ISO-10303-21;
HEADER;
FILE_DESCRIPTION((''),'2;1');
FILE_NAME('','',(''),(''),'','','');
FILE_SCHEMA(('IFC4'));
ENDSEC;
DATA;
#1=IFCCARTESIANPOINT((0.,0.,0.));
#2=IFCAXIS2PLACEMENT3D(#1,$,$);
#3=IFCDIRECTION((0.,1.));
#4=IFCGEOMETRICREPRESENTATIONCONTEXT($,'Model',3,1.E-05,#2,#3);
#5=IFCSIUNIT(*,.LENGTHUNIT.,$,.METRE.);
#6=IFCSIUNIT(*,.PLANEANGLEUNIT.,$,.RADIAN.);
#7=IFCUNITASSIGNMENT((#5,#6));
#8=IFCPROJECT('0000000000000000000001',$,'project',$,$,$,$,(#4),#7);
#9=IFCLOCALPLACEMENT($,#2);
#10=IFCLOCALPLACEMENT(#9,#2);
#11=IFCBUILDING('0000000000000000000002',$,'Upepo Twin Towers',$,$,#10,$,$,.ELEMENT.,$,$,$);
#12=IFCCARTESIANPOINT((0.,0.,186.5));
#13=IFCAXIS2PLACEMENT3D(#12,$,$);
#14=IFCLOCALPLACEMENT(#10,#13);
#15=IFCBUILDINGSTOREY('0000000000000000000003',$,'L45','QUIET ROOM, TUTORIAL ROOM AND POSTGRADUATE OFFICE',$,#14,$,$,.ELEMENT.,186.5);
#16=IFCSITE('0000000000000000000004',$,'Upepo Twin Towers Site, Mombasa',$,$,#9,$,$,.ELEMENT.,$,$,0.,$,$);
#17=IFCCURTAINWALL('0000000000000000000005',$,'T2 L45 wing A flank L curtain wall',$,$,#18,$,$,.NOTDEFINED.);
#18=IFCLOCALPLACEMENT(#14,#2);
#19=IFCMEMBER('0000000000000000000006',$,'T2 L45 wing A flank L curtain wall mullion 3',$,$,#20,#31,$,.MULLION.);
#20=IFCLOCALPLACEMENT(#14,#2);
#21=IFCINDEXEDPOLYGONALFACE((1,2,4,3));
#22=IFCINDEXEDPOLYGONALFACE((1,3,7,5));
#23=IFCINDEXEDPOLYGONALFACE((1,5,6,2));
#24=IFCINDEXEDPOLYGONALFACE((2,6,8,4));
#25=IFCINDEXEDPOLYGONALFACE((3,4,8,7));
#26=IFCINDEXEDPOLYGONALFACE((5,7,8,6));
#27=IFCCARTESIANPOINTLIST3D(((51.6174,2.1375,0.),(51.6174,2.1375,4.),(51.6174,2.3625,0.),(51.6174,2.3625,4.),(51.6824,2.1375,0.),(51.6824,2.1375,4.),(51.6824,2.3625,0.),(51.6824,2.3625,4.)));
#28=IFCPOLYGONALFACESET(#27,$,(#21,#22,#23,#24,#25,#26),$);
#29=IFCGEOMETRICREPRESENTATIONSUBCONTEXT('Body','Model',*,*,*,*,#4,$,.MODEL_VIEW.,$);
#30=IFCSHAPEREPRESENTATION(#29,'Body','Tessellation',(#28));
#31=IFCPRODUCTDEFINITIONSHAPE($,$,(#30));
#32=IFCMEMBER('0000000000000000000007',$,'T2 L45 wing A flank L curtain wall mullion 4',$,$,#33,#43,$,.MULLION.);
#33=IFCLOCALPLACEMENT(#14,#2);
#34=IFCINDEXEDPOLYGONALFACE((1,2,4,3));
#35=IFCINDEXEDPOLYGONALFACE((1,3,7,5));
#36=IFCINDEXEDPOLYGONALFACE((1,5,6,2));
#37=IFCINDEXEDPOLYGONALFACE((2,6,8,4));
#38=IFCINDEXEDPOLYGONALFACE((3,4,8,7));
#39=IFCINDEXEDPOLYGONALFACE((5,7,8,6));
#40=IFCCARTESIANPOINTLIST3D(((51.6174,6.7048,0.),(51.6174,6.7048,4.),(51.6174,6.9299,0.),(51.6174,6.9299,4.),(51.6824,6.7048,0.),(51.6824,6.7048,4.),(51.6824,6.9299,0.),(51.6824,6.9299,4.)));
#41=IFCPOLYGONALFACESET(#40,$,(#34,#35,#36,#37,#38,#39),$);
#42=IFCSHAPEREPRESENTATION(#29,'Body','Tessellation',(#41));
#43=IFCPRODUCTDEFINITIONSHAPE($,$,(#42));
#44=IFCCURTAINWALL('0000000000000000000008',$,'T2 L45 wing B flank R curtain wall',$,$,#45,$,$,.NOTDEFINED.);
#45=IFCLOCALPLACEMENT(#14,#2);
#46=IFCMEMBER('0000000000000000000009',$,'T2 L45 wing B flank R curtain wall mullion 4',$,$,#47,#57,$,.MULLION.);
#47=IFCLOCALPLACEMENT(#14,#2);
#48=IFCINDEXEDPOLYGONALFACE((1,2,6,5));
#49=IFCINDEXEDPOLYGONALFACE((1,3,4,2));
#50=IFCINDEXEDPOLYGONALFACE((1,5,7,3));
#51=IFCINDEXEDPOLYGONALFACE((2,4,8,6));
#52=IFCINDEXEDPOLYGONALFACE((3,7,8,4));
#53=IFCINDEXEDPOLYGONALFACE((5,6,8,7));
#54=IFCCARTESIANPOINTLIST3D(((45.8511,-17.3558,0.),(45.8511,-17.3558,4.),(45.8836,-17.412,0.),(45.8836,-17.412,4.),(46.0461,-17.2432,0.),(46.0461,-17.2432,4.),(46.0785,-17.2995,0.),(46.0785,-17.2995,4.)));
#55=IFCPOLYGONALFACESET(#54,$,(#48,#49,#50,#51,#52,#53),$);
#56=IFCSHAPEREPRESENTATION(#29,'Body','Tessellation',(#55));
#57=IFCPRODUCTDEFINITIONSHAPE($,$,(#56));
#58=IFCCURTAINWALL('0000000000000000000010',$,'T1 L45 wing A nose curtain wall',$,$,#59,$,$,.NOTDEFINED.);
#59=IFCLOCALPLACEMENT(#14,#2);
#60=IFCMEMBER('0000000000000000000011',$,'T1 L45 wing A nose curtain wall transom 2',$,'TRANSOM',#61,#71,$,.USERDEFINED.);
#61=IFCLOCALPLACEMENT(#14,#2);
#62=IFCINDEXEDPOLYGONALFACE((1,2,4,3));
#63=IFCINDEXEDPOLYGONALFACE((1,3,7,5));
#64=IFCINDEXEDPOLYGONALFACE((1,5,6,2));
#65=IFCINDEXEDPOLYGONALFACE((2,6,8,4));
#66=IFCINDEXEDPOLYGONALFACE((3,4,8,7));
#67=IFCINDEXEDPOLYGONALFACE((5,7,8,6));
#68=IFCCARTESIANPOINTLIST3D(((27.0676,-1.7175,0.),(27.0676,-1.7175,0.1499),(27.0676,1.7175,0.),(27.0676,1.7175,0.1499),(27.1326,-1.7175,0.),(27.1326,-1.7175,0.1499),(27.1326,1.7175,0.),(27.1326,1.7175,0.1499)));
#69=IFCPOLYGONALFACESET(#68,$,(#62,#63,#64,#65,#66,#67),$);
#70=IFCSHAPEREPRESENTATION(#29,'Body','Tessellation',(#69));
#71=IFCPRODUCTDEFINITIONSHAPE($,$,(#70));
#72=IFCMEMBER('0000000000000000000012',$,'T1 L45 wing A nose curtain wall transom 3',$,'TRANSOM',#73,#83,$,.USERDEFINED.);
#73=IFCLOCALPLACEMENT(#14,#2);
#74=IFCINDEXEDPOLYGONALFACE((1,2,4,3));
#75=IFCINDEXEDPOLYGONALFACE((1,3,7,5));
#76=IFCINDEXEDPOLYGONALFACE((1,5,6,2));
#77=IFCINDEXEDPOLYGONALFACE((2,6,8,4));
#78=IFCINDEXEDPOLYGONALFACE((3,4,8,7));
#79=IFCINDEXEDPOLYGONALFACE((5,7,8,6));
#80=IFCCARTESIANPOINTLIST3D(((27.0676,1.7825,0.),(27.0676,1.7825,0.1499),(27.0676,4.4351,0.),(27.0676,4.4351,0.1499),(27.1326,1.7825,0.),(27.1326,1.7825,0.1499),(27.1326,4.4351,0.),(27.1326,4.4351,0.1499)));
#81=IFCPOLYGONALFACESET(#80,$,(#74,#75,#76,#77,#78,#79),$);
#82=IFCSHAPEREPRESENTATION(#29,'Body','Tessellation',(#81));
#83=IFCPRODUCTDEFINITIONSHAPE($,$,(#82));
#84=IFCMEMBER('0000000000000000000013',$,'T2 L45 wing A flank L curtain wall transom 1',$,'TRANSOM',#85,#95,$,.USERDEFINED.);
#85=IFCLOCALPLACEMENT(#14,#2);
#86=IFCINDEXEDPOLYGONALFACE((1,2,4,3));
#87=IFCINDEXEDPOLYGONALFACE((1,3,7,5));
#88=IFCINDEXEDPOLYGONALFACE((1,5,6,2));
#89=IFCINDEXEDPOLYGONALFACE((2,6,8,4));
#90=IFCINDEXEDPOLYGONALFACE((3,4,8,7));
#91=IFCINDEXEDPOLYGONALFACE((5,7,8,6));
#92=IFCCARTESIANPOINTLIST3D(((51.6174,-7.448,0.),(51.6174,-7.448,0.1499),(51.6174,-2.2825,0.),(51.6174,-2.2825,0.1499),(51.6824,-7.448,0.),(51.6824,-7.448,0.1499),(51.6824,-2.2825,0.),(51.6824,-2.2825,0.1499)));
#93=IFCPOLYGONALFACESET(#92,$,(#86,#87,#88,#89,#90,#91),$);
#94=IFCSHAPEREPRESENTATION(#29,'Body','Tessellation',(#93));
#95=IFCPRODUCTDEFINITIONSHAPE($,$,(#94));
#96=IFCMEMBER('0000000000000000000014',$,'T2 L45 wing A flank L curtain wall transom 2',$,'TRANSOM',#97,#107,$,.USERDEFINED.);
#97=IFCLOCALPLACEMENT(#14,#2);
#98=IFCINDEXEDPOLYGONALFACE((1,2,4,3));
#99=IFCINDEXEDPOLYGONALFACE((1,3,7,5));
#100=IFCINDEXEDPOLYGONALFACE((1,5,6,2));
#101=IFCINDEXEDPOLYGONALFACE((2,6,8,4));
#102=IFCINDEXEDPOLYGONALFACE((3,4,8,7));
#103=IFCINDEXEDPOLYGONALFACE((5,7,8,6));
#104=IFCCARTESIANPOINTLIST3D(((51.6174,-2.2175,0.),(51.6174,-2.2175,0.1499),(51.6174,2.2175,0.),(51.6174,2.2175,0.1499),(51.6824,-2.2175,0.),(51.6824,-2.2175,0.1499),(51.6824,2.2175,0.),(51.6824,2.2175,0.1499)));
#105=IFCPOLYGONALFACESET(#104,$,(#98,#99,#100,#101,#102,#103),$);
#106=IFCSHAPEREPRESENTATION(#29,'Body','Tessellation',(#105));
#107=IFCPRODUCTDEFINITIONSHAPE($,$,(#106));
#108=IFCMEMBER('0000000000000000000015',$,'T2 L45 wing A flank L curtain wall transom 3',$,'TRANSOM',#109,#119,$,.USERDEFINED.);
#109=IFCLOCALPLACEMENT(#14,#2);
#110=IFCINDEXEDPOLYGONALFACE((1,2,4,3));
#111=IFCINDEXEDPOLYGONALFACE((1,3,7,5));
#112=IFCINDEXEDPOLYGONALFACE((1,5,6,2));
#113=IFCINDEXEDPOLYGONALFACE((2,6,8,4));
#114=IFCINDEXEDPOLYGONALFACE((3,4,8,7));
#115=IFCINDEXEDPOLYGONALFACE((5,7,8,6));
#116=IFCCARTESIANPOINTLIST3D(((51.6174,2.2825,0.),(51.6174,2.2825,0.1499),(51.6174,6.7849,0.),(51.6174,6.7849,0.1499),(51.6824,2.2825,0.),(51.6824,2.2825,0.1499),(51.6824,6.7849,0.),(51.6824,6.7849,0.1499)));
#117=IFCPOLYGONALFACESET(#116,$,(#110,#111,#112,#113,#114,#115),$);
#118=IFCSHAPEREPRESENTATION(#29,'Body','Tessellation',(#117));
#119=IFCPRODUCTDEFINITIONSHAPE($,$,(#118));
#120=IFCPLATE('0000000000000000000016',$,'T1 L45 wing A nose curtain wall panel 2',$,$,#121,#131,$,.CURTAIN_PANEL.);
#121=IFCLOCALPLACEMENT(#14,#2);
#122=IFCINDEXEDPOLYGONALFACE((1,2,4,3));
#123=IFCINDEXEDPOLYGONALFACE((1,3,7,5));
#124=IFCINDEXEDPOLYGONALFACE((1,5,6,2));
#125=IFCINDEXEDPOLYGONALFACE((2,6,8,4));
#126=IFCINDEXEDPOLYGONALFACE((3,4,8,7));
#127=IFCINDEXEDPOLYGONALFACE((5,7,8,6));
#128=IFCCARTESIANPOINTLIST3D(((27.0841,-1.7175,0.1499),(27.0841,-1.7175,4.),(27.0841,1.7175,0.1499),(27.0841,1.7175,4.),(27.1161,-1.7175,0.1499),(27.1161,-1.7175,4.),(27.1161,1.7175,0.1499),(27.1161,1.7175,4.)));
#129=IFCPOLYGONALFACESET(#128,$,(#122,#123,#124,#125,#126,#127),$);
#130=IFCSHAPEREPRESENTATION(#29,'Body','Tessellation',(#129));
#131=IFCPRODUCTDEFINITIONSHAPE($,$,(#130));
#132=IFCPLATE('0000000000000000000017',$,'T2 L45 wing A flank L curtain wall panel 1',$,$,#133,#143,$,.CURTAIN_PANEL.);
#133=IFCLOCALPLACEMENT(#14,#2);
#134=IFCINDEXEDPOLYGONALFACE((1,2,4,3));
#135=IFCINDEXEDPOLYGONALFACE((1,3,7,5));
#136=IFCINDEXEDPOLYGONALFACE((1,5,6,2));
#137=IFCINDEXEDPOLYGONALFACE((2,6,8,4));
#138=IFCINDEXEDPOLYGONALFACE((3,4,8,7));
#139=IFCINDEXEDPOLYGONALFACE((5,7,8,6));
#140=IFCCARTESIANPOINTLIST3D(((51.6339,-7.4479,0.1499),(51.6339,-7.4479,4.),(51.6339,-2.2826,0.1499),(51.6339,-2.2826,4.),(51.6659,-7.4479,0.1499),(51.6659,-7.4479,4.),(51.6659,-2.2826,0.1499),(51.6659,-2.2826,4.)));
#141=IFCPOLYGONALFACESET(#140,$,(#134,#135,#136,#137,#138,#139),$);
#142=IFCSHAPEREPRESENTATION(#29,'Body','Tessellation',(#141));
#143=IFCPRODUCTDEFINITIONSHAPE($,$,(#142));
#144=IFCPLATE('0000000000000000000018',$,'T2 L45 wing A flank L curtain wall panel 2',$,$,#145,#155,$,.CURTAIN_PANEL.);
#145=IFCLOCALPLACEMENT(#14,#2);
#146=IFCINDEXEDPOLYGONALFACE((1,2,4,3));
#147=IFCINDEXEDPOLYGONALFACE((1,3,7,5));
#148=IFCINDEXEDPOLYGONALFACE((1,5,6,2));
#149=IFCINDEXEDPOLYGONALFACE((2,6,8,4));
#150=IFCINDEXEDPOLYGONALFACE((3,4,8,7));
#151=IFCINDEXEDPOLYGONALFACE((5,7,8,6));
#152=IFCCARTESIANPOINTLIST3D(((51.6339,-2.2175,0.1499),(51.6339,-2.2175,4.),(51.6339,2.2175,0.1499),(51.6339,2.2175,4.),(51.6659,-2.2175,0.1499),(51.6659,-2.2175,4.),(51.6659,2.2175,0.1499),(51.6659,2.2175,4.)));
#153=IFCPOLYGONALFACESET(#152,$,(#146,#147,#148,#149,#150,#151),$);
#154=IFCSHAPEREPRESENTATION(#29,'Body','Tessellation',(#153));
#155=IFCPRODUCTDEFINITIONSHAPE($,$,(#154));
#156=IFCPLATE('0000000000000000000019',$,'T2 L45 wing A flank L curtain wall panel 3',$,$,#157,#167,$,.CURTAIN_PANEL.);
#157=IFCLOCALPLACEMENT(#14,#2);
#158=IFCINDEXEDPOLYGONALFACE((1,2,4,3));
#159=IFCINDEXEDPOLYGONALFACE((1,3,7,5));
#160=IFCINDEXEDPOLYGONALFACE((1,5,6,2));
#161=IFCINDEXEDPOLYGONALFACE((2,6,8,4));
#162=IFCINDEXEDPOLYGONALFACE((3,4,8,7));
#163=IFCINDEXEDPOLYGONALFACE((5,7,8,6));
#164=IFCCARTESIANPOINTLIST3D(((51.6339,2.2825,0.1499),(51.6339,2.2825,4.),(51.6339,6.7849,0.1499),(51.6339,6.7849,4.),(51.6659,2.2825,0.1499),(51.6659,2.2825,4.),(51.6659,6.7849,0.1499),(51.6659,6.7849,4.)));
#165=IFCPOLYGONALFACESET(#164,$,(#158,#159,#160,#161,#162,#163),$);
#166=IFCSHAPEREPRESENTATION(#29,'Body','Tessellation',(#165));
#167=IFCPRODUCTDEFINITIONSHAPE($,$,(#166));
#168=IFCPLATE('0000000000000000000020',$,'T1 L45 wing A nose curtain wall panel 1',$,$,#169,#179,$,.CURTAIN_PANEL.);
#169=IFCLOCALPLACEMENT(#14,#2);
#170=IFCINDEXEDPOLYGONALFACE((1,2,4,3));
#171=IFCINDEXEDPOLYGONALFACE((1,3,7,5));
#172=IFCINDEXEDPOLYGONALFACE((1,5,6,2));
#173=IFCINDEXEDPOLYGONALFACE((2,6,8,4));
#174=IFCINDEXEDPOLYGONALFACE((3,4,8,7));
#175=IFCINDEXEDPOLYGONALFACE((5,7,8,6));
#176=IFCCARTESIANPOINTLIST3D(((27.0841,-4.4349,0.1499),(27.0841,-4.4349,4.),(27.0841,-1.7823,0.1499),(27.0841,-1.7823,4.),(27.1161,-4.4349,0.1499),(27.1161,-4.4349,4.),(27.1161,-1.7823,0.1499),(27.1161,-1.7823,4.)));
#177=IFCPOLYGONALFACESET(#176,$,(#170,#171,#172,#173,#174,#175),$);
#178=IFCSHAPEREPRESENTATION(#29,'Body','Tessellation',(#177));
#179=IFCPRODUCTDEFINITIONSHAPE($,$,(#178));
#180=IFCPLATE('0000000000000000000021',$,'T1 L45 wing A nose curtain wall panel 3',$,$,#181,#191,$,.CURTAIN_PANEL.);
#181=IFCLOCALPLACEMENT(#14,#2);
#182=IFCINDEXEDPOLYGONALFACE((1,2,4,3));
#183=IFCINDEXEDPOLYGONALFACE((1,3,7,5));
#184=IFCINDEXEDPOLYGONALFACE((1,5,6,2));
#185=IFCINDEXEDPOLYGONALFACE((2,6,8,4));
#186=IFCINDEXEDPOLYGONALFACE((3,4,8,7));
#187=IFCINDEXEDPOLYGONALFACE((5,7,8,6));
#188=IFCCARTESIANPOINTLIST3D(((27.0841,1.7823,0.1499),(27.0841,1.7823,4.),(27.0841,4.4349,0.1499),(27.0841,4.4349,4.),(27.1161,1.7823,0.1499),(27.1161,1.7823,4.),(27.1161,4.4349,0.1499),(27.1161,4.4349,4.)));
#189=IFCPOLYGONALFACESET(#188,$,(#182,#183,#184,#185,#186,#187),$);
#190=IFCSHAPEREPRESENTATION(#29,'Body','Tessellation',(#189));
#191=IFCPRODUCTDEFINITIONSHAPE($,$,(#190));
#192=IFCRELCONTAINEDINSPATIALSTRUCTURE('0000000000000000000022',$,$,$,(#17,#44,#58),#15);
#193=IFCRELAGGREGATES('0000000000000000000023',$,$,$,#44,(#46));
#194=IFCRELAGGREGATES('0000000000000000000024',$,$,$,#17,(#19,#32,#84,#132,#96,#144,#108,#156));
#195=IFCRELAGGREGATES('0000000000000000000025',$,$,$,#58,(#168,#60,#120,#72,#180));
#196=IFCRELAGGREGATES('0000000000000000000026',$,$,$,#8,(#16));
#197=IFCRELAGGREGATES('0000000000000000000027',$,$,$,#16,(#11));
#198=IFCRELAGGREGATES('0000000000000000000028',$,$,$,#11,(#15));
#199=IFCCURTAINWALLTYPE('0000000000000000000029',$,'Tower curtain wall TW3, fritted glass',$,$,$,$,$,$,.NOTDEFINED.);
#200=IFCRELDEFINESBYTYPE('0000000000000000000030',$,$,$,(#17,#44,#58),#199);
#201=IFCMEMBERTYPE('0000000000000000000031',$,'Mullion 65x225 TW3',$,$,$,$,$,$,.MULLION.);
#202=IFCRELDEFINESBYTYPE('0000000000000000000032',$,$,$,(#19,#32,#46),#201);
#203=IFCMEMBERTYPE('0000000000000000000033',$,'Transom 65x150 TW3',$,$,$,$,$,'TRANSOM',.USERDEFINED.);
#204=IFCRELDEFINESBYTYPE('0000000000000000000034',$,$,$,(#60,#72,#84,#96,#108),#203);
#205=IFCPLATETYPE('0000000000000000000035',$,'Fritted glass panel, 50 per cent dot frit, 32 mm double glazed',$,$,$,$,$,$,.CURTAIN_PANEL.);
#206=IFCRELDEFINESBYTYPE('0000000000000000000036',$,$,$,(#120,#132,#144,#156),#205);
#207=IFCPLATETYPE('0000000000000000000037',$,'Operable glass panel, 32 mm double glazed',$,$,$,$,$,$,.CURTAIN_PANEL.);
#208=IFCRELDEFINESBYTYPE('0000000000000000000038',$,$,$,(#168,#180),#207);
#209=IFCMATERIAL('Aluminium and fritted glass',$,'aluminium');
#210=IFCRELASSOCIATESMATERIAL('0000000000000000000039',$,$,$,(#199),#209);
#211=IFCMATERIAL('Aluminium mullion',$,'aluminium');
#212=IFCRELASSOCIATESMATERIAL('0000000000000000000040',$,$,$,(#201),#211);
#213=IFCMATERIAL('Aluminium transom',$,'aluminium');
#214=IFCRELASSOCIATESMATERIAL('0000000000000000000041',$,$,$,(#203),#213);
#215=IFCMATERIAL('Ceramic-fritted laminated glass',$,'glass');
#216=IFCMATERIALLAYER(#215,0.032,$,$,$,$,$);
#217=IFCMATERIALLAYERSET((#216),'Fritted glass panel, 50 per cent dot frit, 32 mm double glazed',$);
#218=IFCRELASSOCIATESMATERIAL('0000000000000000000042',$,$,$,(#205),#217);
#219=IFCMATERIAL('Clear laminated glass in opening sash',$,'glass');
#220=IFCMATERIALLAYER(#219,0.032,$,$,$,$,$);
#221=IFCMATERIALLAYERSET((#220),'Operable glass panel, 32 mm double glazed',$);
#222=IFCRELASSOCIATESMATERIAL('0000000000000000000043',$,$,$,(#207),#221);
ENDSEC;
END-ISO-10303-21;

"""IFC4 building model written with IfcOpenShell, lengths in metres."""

from ifc_helpers import new_model, si_unit, direction, frame, origin, origin_2d, place, context, subcontext, project, spatial, rectangle, extrude, material, layer, layer_set, material_profile, profile_set, type_object, element, aggregate, save


model = new_model("IFC4")

# Units and contexts
model_context = context("Model", 3, precision=1e-05, world=origin(), true_north=direction((0.0, 1.0)))
body_context = subcontext(model_context, "Body", "Model", "MODEL_VIEW")
ifc_project = project(units=[si_unit("LENGTHUNIT", "METRE"), si_unit("PLANEANGLEUNIT", "RADIAN")], contexts=[model_context])

# Site, building, storey
site_placement = place(None, origin())
site = spatial("IfcSite", under=ifc_project, at=site_placement, Name="Upepo Twin Towers Site, Mombasa", CompositionType="ELEMENT", RefElevation=0.0)
building_placement = place(site_placement, origin())
building = spatial("IfcBuilding", under=site, at=building_placement, Name="Upepo Twin Towers", CompositionType="ELEMENT")
storey_placement = place(building_placement, frame((0.0, 0.0, 186.5)))
storey = spatial("IfcBuildingStorey", under=building, at=storey_placement, Name="L45", Description="QUIET ROOM, TUTORIAL ROOM AND POSTGRADUATE OFFICE", CompositionType="ELEMENT", Elevation=186.5)

# Curtain wall, members
ifc_material_1 = material(Name="Aluminium and fritted glass", Category="aluminium")
curtain_wall_type = type_object("IfcCurtainWallType", Name="Tower curtain wall TW3, fritted glass", PredefinedType="NOTDEFINED", material=ifc_material_1)
curtain_wall_1_placement = place(storey_placement, origin())
curtain_wall_1 = element("IfcCurtainWall", 1, at=curtain_wall_1_placement, inside=storey, type_object=curtain_wall_type, Name="T2 L45 wing A flank L curtain wall", PredefinedType="NOTDEFINED")
ifc_material_2 = material(Name="Aluminium mullion", Category="aluminium")
ifc_material_profile_1 = material_profile(ifc_material_2, rectangle(XDim=0.0649, YDim=0.2251, at=origin_2d()), Name="MULLION 65x225")
ifc_profile_set_1 = profile_set([ifc_material_profile_1], Name="Aluminium mullion")
member_type_1 = type_object("IfcMemberType", Name="Mullion 65x225 TW3", PredefinedType="MULLION", material=ifc_profile_set_1)
member_1_placement = place(storey_placement, frame((51.6499, 2.25, 0.0), z_axis=(0.0, 0.0, 1.0), x_axis=(-1.0, 0.0, 0.0)))
member_1 = element("IfcMember", 2, at=member_1_placement, type_object=member_type_1, Name="T2 L45 wing A flank L curtain wall mullion 3", PredefinedType="MULLION", context=body_context, shape_type="SweptSolid", body=[
    extrude(rectangle(XDim=0.0649, YDim=0.2251, at=origin_2d()), origin(), (0.0, 0.0, 1.0), 4.0),
])
member_2_placement = place(storey_placement, frame((51.6499, 6.8174, 0.0), z_axis=(0.0, 0.0, 1.0), x_axis=(-1.0, 0.0, 0.0)))
member_2 = element("IfcMember", 3, at=member_2_placement, type_object=member_type_1, Name="T2 L45 wing A flank L curtain wall mullion 4", PredefinedType="MULLION", context=body_context, shape_type="SweptSolid", body=[
    extrude(rectangle(XDim=0.0649, YDim=0.2251, at=origin_2d()), origin(), (0.0, 0.0, 1.0), 4.0),
])

# Curtain wall, member
curtain_wall_2_placement = place(storey_placement, origin())
curtain_wall_2 = element("IfcCurtainWall", 4, at=curtain_wall_2_placement, inside=storey, type_object=curtain_wall_type, Name="T2 L45 wing B flank R curtain wall", PredefinedType="NOTDEFINED")
member_3_placement = place(storey_placement, frame((45.9648, -17.3276, 0.0), z_axis=(0.0, 0.0, 1.0), x_axis=(-0.5, 0.866025, 0.0)))
member_3 = element("IfcMember", 5, at=member_3_placement, type_object=member_type_1, Name="T2 L45 wing B flank R curtain wall mullion 4", PredefinedType="MULLION", context=body_context, shape_type="SweptSolid", body=[
    extrude(rectangle(XDim=0.0649, YDim=0.2251, at=origin_2d()), origin(), (0.0, 0.0, 1.0), 4.0),
])
aggregate(curtain_wall_2, [member_3])

# Curtain wall, members
curtain_wall_3_placement = place(storey_placement, origin())
curtain_wall_3 = element("IfcCurtainWall", 6, at=curtain_wall_3_placement, inside=storey, type_object=curtain_wall_type, Name="T1 L45 wing A nose curtain wall", PredefinedType="NOTDEFINED")
ifc_material_3 = material(Name="Aluminium transom", Category="aluminium")
ifc_material_profile_2 = material_profile(ifc_material_3, rectangle(XDim=0.0649, YDim=0.1499, at=origin_2d()), Name="TRANSOM 65x150")
ifc_profile_set_2 = profile_set([ifc_material_profile_2], Name="Aluminium transom")
member_type_2 = type_object("IfcMemberType", Name="Transom 65x150 TW3", ElementType="TRANSOM", PredefinedType="USERDEFINED", material=ifc_profile_set_2)
member_4_placement = place(storey_placement, frame((27.1001, -1.7175, 0.075), z_axis=(0.0, 1.0, 0.0), x_axis=(-1.0, 0.0, 0.0)))
member_4 = element("IfcMember", 7, at=member_4_placement, type_object=member_type_2, Name="T1 L45 wing A nose curtain wall transom 2", ObjectType="TRANSOM", PredefinedType="USERDEFINED", context=body_context, shape_type="SweptSolid", body=[
    extrude(rectangle(XDim=0.0649, YDim=0.1499, at=origin_2d()), origin(), (0.0, 0.0, 1.0), 3.4351),
])
member_5_placement = place(storey_placement, frame((27.1001, 1.7825, 0.075), z_axis=(0.0, 1.0, 0.0), x_axis=(-1.0, 0.0, 0.0)))
member_5 = element("IfcMember", 8, at=member_5_placement, type_object=member_type_2, Name="T1 L45 wing A nose curtain wall transom 3", ObjectType="TRANSOM", PredefinedType="USERDEFINED", context=body_context, shape_type="SweptSolid", body=[
    extrude(rectangle(XDim=0.0649, YDim=0.1499, at=origin_2d()), origin(), (0.0, 0.0, 1.0), 2.6526),
])

# Members
member_6_placement = place(storey_placement, frame((51.6499, -7.448, 0.075), z_axis=(0.0, 1.0, 0.0), x_axis=(-1.0, 0.0, 0.0)))
member_6 = element("IfcMember", 9, at=member_6_placement, type_object=member_type_2, Name="T2 L45 wing A flank L curtain wall transom 1", ObjectType="TRANSOM", PredefinedType="USERDEFINED", context=body_context, shape_type="SweptSolid", body=[
    extrude(rectangle(XDim=0.0649, YDim=0.1499, at=origin_2d()), origin(), (0.0, 0.0, 1.0), 5.1655),
])
member_7_placement = place(storey_placement, frame((51.6499, -2.2175, 0.075), z_axis=(0.0, 1.0, 0.0), x_axis=(-1.0, 0.0, 0.0)))
member_7 = element("IfcMember", 10, at=member_7_placement, type_object=member_type_2, Name="T2 L45 wing A flank L curtain wall transom 2", ObjectType="TRANSOM", PredefinedType="USERDEFINED", context=body_context, shape_type="SweptSolid", body=[
    extrude(rectangle(XDim=0.0649, YDim=0.1499, at=origin_2d()), origin(), (0.0, 0.0, 1.0), 4.4351),
])
member_8_placement = place(storey_placement, frame((51.6499, 2.2825, 0.075), z_axis=(0.0, 1.0, 0.0), x_axis=(-1.0, 0.0, 0.0)))
member_8 = element("IfcMember", 11, at=member_8_placement, type_object=member_type_2, Name="T2 L45 wing A flank L curtain wall transom 3", ObjectType="TRANSOM", PredefinedType="USERDEFINED", context=body_context, shape_type="SweptSolid", body=[
    extrude(rectangle(XDim=0.0649, YDim=0.1499, at=origin_2d()), origin(), (0.0, 0.0, 1.0), 4.5024),
])

# Plates
ifc_material_4 = material(Name="Ceramic-fritted laminated glass", Category="glass")
ifc_layer_1 = layer(ifc_material_4, 0.032)
ifc_layer_set_1 = layer_set([ifc_layer_1], Name="Fritted glass panel, 50 per cent dot frit, 32 mm double glazed")
plate_type_1 = type_object("IfcPlateType", Name="Fritted glass panel, 50 per cent dot frit, 32 mm double glazed", PredefinedType="CURTAIN_PANEL", material=ifc_layer_set_1)
plate_1_placement = place(storey_placement, frame((27.1001, 0.0, 0.1499), z_axis=(0.0, 0.0, 1.0), x_axis=(0.0, 1.0, 0.0)))
plate_1 = element("IfcPlate", 12, at=plate_1_placement, type_object=plate_type_1, Name="T1 L45 wing A nose curtain wall panel 2", PredefinedType="CURTAIN_PANEL", context=body_context, shape_type="SweptSolid", body=[
    extrude(rectangle(XDim=3.4351, YDim=0.032, at=origin_2d()), origin(), (0.0, 0.0, 1.0), 3.8501),
])
plate_2_placement = place(storey_placement, frame((51.6499, -4.8652, 0.1499), z_axis=(0.0, 0.0, 1.0), x_axis=(0.0, 1.0, 0.0)))
plate_2 = element("IfcPlate", 13, at=plate_2_placement, type_object=plate_type_1, Name="T2 L45 wing A flank L curtain wall panel 1", PredefinedType="CURTAIN_PANEL", context=body_context, shape_type="SweptSolid", body=[
    extrude(rectangle(XDim=5.1653, YDim=0.032, at=origin_2d()), origin(), (0.0, 0.0, 1.0), 3.8501),
])
plate_3_placement = place(storey_placement, frame((51.6499, 0.0, 0.1499), z_axis=(0.0, 0.0, 1.0), x_axis=(0.0, 1.0, 0.0)))
plate_3 = element("IfcPlate", 14, at=plate_3_placement, type_object=plate_type_1, Name="T2 L45 wing A flank L curtain wall panel 2", PredefinedType="CURTAIN_PANEL", context=body_context, shape_type="SweptSolid", body=[
    extrude(rectangle(XDim=4.4351, YDim=0.032, at=origin_2d()), origin(), (0.0, 0.0, 1.0), 3.8501),
])
plate_4_placement = place(storey_placement, frame((51.6499, 4.5337, 0.1499), z_axis=(0.0, 0.0, 1.0), x_axis=(0.0, 1.0, 0.0)))
plate_4 = element("IfcPlate", 15, at=plate_4_placement, type_object=plate_type_1, Name="T2 L45 wing A flank L curtain wall panel 3", PredefinedType="CURTAIN_PANEL", context=body_context, shape_type="SweptSolid", body=[
    extrude(rectangle(XDim=4.5024, YDim=0.032, at=origin_2d()), origin(), (0.0, 0.0, 1.0), 3.8501),
])
aggregate(curtain_wall_1, [member_1, member_2, member_6, plate_2, member_7, plate_3, member_8, plate_4])
ifc_material_5 = material(Name="Clear laminated glass in opening sash", Category="glass")
ifc_layer_2 = layer(ifc_material_5, 0.032)
ifc_layer_set_2 = layer_set([ifc_layer_2], Name="Operable glass panel, 32 mm double glazed")
plate_type_2 = type_object("IfcPlateType", Name="Operable glass panel, 32 mm double glazed", PredefinedType="CURTAIN_PANEL", material=ifc_layer_set_2)
plate_5_placement = place(storey_placement, frame((27.1001, -3.1086, 0.1499), z_axis=(0.0, 0.0, 1.0), x_axis=(0.0, 1.0, 0.0)))
plate_5 = element("IfcPlate", 16, at=plate_5_placement, type_object=plate_type_2, Name="T1 L45 wing A nose curtain wall panel 1", PredefinedType="CURTAIN_PANEL", context=body_context, shape_type="SweptSolid", body=[
    extrude(rectangle(XDim=2.6526, YDim=0.032, at=origin_2d()), origin(), (0.0, 0.0, 1.0), 3.8501),
])
plate_6_placement = place(storey_placement, frame((27.1001, 3.1086, 0.1499), z_axis=(0.0, 0.0, 1.0), x_axis=(0.0, 1.0, 0.0)))
plate_6 = element("IfcPlate", 17, at=plate_6_placement, type_object=plate_type_2, Name="T1 L45 wing A nose curtain wall panel 3", PredefinedType="CURTAIN_PANEL", context=body_context, shape_type="SweptSolid", body=[
    extrude(rectangle(XDim=2.6526, YDim=0.032, at=origin_2d()), origin(), (0.0, 0.0, 1.0), 3.8501),
])
aggregate(curtain_wall_3, [plate_5, member_4, plate_1, member_5, plate_6])

save(model, "model.ifc")
